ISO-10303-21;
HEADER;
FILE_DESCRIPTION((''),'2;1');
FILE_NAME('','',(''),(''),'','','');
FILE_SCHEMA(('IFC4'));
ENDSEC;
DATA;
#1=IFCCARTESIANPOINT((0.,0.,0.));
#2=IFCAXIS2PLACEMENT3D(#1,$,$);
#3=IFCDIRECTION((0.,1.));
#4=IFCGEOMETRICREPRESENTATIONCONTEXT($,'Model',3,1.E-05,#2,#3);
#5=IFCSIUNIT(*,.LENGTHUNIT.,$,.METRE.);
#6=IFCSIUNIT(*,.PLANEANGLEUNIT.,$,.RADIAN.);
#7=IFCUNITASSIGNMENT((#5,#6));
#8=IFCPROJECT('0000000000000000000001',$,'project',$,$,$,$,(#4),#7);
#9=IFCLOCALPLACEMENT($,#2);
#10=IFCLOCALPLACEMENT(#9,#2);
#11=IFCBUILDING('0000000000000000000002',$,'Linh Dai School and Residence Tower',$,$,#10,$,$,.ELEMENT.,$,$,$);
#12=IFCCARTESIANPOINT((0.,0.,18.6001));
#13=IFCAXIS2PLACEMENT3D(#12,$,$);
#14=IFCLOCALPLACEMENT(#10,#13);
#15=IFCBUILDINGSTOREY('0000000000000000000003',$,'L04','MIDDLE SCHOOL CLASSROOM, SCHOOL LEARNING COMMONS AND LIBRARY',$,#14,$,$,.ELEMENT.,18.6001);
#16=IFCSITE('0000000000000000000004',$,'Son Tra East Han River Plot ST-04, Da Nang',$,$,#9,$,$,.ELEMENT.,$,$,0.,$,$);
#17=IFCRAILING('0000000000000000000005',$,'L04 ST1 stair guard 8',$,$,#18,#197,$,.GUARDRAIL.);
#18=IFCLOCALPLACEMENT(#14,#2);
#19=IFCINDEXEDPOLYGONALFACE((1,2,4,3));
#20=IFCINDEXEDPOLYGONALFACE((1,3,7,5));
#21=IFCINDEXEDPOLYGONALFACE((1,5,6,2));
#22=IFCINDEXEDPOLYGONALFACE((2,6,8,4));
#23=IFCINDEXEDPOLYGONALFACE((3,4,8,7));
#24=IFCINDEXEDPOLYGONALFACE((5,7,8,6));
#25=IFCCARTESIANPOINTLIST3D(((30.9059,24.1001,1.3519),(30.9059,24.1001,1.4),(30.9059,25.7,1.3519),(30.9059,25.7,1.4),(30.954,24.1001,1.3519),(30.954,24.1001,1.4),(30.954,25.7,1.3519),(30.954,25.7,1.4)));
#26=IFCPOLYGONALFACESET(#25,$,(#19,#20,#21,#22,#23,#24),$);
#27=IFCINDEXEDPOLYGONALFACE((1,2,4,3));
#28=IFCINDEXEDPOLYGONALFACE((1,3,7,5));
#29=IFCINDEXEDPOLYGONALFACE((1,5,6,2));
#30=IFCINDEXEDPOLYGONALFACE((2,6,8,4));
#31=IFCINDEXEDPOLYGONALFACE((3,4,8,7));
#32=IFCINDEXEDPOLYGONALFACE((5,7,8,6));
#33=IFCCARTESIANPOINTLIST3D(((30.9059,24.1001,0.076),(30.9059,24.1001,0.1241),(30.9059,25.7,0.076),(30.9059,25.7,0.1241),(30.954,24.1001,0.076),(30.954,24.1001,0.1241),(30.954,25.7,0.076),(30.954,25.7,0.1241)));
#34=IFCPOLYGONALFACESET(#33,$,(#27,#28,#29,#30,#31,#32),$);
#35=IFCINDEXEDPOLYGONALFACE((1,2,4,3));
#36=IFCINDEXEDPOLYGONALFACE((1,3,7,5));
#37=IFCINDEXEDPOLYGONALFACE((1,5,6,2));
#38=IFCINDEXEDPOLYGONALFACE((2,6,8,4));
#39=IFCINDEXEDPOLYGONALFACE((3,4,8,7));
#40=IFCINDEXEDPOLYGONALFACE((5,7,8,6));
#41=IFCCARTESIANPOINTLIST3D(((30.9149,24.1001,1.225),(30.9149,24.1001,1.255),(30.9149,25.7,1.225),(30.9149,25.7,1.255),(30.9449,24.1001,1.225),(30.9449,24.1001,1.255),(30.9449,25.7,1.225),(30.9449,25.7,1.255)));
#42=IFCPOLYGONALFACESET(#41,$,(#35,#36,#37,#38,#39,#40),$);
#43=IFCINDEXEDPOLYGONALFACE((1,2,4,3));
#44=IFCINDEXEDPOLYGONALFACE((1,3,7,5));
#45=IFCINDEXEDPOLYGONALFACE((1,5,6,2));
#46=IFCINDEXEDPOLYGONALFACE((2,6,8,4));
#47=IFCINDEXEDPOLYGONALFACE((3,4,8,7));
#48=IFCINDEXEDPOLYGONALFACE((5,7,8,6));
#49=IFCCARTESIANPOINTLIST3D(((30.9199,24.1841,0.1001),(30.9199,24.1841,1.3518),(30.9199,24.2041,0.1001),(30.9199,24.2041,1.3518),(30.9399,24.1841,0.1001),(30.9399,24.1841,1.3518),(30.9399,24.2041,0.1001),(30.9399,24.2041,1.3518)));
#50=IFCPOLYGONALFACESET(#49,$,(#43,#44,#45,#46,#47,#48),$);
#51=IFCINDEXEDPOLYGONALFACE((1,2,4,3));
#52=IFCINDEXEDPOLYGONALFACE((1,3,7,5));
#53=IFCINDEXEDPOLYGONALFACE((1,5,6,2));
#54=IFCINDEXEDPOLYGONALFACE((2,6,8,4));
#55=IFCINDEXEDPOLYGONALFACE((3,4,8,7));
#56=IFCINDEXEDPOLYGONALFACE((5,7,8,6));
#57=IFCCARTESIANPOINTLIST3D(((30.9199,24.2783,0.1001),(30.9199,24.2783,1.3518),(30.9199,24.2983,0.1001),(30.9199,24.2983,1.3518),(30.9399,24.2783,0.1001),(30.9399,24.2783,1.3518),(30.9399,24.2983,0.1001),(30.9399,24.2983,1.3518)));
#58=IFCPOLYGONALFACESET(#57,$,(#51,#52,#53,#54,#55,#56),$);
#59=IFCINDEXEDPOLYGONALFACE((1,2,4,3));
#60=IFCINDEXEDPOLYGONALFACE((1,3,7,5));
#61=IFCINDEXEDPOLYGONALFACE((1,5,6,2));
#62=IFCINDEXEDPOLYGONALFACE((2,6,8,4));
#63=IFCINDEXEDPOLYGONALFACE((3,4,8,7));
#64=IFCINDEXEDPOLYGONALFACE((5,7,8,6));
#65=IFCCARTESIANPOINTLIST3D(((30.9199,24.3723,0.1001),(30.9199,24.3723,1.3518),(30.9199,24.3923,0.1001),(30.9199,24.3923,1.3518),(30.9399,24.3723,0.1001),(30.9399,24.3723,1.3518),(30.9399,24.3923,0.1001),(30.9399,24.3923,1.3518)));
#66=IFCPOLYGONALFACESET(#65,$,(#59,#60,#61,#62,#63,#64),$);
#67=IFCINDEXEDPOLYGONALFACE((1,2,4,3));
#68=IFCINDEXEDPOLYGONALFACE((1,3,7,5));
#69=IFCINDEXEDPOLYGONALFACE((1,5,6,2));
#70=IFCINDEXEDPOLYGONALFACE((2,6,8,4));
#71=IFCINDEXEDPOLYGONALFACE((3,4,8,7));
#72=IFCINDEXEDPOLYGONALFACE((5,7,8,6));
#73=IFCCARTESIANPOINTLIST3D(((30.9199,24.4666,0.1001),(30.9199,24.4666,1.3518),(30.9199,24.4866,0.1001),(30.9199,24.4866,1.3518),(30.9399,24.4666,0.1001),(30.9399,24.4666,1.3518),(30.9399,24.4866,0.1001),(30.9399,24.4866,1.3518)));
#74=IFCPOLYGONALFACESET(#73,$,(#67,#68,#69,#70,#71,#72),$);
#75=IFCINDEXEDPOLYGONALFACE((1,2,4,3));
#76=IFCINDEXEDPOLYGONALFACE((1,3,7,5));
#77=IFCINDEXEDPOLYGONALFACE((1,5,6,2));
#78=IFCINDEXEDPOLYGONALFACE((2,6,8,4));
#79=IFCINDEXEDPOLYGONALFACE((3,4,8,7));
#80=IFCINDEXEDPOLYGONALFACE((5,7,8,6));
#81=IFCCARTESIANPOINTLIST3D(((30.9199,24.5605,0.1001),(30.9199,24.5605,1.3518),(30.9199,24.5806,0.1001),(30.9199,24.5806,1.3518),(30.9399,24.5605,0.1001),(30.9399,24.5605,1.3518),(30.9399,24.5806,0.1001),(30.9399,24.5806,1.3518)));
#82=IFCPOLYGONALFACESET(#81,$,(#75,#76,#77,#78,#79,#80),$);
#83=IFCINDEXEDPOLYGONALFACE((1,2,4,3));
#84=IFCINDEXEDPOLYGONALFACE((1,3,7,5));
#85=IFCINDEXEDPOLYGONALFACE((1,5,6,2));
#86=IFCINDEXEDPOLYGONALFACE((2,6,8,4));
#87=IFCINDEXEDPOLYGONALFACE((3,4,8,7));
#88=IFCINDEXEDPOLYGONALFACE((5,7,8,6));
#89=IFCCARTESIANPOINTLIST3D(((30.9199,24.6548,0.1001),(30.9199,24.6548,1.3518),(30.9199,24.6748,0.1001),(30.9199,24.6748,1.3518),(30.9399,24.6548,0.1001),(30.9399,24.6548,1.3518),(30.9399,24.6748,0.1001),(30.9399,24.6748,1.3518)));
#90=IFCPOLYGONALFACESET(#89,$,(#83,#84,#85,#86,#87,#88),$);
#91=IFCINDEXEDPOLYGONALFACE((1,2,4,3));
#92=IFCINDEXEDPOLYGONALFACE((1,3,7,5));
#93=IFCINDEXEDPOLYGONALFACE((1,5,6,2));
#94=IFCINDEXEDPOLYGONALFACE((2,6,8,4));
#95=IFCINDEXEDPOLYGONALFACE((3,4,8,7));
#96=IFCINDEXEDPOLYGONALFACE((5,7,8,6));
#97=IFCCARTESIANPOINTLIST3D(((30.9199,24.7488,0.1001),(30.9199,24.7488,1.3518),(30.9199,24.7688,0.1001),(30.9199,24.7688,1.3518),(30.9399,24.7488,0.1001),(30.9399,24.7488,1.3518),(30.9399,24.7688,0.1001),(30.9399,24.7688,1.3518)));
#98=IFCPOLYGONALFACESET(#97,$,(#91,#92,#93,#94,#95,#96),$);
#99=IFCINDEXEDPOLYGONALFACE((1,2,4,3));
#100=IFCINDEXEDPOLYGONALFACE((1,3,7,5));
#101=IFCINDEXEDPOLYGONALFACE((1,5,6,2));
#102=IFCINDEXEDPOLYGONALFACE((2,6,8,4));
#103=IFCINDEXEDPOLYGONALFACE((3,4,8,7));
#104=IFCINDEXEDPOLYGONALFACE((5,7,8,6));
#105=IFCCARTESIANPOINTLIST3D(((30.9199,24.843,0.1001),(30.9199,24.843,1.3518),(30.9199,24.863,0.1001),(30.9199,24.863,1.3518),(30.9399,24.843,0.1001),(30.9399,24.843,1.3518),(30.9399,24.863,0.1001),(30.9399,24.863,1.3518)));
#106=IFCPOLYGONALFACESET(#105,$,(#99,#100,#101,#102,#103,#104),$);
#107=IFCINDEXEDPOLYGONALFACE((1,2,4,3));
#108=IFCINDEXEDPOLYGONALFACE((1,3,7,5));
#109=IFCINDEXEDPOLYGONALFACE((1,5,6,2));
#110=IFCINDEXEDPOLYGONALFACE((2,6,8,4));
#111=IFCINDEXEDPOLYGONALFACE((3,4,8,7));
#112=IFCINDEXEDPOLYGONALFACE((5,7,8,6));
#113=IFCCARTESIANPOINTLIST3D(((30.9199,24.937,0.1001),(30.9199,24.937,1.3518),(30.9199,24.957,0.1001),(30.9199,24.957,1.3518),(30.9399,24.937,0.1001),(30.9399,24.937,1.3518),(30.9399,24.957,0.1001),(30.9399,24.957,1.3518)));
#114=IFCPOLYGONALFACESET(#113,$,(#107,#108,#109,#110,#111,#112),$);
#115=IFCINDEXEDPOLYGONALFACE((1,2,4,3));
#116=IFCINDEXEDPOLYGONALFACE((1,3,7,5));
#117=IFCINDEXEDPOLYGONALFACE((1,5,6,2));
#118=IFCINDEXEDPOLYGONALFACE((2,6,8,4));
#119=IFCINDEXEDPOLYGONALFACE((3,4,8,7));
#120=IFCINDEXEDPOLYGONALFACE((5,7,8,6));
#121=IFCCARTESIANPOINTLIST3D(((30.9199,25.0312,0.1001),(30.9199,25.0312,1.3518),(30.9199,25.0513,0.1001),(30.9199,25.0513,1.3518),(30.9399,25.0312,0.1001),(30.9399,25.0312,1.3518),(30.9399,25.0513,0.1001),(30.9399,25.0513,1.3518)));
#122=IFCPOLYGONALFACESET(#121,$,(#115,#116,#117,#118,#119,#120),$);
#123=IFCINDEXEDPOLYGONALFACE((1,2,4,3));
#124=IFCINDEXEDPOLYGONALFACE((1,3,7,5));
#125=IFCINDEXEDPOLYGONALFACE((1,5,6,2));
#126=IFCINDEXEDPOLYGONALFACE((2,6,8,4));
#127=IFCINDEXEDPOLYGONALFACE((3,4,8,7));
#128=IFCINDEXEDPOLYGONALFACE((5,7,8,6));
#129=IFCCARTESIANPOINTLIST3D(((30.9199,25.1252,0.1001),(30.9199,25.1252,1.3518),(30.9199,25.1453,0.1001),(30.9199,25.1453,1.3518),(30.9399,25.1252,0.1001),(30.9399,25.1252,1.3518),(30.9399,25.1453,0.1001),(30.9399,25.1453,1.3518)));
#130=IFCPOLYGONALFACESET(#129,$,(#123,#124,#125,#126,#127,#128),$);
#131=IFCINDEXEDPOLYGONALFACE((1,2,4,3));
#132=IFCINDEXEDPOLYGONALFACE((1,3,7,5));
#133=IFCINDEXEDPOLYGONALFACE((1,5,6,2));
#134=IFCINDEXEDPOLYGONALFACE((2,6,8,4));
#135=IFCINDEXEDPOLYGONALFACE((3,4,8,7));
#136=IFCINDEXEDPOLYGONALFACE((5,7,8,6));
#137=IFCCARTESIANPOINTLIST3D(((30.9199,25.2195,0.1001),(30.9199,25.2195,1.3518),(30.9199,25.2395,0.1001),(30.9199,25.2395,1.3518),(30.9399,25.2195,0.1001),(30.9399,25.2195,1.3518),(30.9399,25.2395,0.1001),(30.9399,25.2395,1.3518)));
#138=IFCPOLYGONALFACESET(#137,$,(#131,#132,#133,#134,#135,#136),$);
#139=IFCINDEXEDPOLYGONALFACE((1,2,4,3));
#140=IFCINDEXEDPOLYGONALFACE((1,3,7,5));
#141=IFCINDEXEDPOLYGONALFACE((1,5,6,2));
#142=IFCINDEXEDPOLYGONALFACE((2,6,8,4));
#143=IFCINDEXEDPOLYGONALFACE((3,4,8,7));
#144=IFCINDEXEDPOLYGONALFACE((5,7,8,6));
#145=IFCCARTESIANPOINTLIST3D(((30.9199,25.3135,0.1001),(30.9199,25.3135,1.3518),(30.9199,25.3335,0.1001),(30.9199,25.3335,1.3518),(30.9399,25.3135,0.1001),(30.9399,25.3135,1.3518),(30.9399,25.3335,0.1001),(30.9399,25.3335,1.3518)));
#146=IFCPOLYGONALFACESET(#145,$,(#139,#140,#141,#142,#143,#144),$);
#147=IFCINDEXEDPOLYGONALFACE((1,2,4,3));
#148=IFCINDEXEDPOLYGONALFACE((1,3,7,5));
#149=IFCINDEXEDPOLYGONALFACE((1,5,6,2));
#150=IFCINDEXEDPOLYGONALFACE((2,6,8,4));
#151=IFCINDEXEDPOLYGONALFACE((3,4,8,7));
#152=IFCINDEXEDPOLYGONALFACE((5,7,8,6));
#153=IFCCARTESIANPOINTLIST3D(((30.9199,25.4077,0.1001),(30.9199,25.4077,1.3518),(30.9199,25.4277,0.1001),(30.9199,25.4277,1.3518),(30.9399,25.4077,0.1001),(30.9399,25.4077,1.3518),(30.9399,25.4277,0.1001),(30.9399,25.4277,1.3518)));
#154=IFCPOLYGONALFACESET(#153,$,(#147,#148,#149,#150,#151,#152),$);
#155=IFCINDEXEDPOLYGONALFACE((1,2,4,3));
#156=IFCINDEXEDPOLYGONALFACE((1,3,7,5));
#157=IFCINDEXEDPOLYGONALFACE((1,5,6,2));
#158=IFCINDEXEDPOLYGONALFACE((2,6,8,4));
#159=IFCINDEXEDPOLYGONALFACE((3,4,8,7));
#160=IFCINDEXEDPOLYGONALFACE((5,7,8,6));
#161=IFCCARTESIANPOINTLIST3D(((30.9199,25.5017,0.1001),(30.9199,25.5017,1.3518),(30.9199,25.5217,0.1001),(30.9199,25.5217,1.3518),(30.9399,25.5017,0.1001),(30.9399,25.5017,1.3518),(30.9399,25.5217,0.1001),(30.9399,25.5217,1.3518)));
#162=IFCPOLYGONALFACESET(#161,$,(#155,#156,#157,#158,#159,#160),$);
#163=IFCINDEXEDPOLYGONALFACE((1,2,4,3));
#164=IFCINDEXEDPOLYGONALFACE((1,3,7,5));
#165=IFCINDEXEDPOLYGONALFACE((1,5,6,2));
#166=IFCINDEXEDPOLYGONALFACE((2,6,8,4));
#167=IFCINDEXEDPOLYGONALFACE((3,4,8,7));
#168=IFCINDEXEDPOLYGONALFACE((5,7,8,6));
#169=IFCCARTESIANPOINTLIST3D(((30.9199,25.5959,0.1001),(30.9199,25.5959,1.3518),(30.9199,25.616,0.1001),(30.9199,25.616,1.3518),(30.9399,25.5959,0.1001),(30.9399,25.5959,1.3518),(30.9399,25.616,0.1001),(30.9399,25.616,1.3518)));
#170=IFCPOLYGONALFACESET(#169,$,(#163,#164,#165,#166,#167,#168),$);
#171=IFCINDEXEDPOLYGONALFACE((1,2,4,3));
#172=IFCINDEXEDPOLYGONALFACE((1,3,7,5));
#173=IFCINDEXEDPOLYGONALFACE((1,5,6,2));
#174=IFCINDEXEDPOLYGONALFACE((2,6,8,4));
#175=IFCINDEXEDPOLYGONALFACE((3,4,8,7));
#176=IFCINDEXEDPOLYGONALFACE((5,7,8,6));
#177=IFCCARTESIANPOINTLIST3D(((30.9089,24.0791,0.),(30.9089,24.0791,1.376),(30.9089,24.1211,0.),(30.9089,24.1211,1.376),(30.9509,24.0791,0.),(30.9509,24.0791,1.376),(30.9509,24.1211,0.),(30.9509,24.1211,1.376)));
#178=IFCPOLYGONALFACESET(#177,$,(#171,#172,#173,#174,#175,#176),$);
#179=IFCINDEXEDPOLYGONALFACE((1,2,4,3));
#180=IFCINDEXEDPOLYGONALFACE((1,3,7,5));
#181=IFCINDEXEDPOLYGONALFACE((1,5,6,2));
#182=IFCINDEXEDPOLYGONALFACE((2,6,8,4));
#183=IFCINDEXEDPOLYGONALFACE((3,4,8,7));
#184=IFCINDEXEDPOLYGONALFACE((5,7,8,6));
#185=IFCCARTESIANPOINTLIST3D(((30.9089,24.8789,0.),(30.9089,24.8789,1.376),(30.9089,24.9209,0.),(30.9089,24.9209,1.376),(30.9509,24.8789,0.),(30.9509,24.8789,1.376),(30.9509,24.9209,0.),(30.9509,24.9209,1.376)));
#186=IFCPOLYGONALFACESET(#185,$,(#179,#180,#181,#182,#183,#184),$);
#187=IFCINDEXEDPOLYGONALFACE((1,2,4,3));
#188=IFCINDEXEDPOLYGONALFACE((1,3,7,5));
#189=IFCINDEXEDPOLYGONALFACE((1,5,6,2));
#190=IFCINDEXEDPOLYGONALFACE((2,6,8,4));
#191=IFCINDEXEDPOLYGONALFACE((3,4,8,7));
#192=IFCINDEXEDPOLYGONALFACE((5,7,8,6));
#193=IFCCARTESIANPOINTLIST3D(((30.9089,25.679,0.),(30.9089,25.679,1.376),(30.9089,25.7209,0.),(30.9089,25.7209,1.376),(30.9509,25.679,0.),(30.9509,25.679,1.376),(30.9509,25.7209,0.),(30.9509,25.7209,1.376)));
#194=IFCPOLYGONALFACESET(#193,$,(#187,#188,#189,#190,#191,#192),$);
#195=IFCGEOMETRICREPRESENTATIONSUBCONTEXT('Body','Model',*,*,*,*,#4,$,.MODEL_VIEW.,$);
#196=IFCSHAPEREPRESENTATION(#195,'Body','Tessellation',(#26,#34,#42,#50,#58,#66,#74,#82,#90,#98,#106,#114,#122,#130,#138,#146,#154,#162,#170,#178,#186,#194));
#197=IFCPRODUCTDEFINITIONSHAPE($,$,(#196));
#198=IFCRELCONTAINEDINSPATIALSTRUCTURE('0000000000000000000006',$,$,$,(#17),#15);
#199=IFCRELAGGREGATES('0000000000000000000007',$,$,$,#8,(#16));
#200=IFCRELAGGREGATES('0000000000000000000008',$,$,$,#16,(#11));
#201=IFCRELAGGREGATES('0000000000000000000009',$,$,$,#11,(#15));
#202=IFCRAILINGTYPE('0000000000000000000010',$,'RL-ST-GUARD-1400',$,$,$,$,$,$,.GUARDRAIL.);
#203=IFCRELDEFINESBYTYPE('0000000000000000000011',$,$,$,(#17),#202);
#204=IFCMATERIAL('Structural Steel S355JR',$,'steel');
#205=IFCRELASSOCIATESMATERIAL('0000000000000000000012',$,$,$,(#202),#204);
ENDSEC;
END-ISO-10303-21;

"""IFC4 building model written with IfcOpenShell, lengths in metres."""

from ifc_helpers import new_model, si_unit, direction, frame, origin, origin_2d, place, context, subcontext, project, spatial, rectangle, extrude, source, transform, mapped, material, type_object, element, save


model = new_model("IFC4")

# Units and contexts
model_context = context("Model", 3, precision=1e-05, world=origin(), true_north=direction((0.0, 1.0)))
body_context = subcontext(model_context, "Body", "Model", "MODEL_VIEW")
ifc_project = project(units=[si_unit("LENGTHUNIT", "METRE"), si_unit("PLANEANGLEUNIT", "RADIAN")], contexts=[model_context])

# Site, building, storey
site_placement = place(None, origin())
site = spatial("IfcSite", under=ifc_project, at=site_placement, Name="Son Tra East Han River Plot ST-04, Da Nang", CompositionType="ELEMENT", RefElevation=0.0)
building_placement = place(site_placement, origin())
building = spatial("IfcBuilding", under=site, at=building_placement, Name="Linh Dai School and Residence Tower", CompositionType="ELEMENT")
storey_placement = place(building_placement, frame((0.0, 0.0, 18.6001)))
storey = spatial("IfcBuildingStorey", under=building, at=storey_placement, Name="L04", Description="MIDDLE SCHOOL CLASSROOM, SCHOOL LEARNING COMMONS AND LIBRARY", CompositionType="ELEMENT", Elevation=18.6001)

# Shared definitions
ifc_material_1 = material(Name="Structural Steel S355JR", Category="steel")

# Railing
railing_type_1 = type_object("IfcRailingType", Name="RL-ST-GUARD-1400", PredefinedType="GUARDRAIL", material=ifc_material_1)
shared_shape_1 = source(origin(), body_context, "Body", "SweptSolid", [
    extrude(rectangle(XDim=0.0481, YDim=0.0481, at=origin_2d()), frame((0.0, 0.0, 1.376), z_axis=(0.0, 1.0, 0.0), x_axis=(-1.0, 0.0, 0.0)), (0.0, 0.0, 1.0), 1.5999),
    extrude(rectangle(XDim=0.0481, YDim=0.0481, at=origin_2d()), frame((0.0, 0.0, 0.1001), z_axis=(0.0, 1.0, 0.0), x_axis=(-1.0, 0.0, 0.0)), (0.0, 0.0, 1.0), 1.5999),
    extrude(rectangle(XDim=0.03, YDim=0.03, at=origin_2d()), frame((0.0, 0.0, 1.24), z_axis=(0.0, 1.0, 0.0), x_axis=(-1.0, 0.0, 0.0)), (0.0, 0.0, 1.0), 1.5999),
    extrude(rectangle(XDim=0.02, YDim=0.02, at=origin_2d()), frame((0.0, 0.094, 0.1001)), (0.0, 0.0, 1.0), 1.2517),
    extrude(rectangle(XDim=0.02, YDim=0.02, at=origin_2d()), frame((0.0, 0.1882, 0.1001)), (0.0, 0.0, 1.0), 1.2517),
    extrude(rectangle(XDim=0.02, YDim=0.02, at=origin_2d()), frame((0.0, 0.2822, 0.1001)), (0.0, 0.0, 1.0), 1.2517),
    extrude(rectangle(XDim=0.02, YDim=0.02, at=origin_2d()), frame((0.0, 0.3765, 0.1001)), (0.0, 0.0, 1.0), 1.2517),
    extrude(rectangle(XDim=0.02, YDim=0.02, at=origin_2d()), frame((0.0, 0.4705, 0.1001)), (0.0, 0.0, 1.0), 1.2517),
    extrude(rectangle(XDim=0.02, YDim=0.02, at=origin_2d()), frame((0.0, 0.5647, 0.1001)), (0.0, 0.0, 1.0), 1.2517),
    extrude(rectangle(XDim=0.02, YDim=0.02, at=origin_2d()), frame((0.0, 0.6587, 0.1001)), (0.0, 0.0, 1.0), 1.2517),
    extrude(rectangle(XDim=0.02, YDim=0.02, at=origin_2d()), frame((0.0, 0.7529, 0.1001)), (0.0, 0.0, 1.0), 1.2517),
    extrude(rectangle(XDim=0.02, YDim=0.02, at=origin_2d()), frame((0.0, 0.8469, 0.1001)), (0.0, 0.0, 1.0), 1.2517),
    extrude(rectangle(XDim=0.02, YDim=0.02, at=origin_2d()), frame((0.0, 0.9412, 0.1001)), (0.0, 0.0, 1.0), 1.2517),
    extrude(rectangle(XDim=0.02, YDim=0.02, at=origin_2d()), frame((0.0, 1.0352, 0.1001)), (0.0, 0.0, 1.0), 1.2517),
    extrude(rectangle(XDim=0.02, YDim=0.02, at=origin_2d()), frame((0.0, 1.1294, 0.1001)), (0.0, 0.0, 1.0), 1.2517),
    extrude(rectangle(XDim=0.02, YDim=0.02, at=origin_2d()), frame((0.0, 1.2234, 0.1001)), (0.0, 0.0, 1.0), 1.2517),
    extrude(rectangle(XDim=0.02, YDim=0.02, at=origin_2d()), frame((0.0, 1.3176, 0.1001)), (0.0, 0.0, 1.0), 1.2517),
    extrude(rectangle(XDim=0.02, YDim=0.02, at=origin_2d()), frame((0.0, 1.4116, 0.1001)), (0.0, 0.0, 1.0), 1.2517),
    extrude(rectangle(XDim=0.02, YDim=0.02, at=origin_2d()), frame((0.0, 1.5059, 0.1001)), (0.0, 0.0, 1.0), 1.2517),
    extrude(rectangle(XDim=0.042, YDim=0.042, at=origin_2d()), origin(), (0.0, 0.0, 1.0), 1.376),
    extrude(rectangle(XDim=0.042, YDim=0.042, at=origin_2d()), frame((0.0, 0.7998, 0.0)), (0.0, 0.0, 1.0), 1.376),
    extrude(rectangle(XDim=0.042, YDim=0.042, at=origin_2d()), frame((0.0, 1.5999, 0.0)), (0.0, 0.0, 1.0), 1.376),
])
railing_1_placement = place(storey_placement, frame((30.9299, 24.1001, 0.0)))
element("IfcRailing", 1, at=railing_1_placement, inside=storey, type_object=railing_type_1, Name="L04 ST1 stair guard 8", PredefinedType="GUARDRAIL", context=body_context, shape_type="MappedRepresentation", body=[
    mapped(shared_shape_1, transform((0.0, 0.0, 0.0), x_axis=(1.0, 0.0, 0.0), y_axis=(0.0, 1.0, 0.0), z_axis=(0.0, 0.0, 1.0), scale=1.0)),
])

save(model, "model.ifc")
